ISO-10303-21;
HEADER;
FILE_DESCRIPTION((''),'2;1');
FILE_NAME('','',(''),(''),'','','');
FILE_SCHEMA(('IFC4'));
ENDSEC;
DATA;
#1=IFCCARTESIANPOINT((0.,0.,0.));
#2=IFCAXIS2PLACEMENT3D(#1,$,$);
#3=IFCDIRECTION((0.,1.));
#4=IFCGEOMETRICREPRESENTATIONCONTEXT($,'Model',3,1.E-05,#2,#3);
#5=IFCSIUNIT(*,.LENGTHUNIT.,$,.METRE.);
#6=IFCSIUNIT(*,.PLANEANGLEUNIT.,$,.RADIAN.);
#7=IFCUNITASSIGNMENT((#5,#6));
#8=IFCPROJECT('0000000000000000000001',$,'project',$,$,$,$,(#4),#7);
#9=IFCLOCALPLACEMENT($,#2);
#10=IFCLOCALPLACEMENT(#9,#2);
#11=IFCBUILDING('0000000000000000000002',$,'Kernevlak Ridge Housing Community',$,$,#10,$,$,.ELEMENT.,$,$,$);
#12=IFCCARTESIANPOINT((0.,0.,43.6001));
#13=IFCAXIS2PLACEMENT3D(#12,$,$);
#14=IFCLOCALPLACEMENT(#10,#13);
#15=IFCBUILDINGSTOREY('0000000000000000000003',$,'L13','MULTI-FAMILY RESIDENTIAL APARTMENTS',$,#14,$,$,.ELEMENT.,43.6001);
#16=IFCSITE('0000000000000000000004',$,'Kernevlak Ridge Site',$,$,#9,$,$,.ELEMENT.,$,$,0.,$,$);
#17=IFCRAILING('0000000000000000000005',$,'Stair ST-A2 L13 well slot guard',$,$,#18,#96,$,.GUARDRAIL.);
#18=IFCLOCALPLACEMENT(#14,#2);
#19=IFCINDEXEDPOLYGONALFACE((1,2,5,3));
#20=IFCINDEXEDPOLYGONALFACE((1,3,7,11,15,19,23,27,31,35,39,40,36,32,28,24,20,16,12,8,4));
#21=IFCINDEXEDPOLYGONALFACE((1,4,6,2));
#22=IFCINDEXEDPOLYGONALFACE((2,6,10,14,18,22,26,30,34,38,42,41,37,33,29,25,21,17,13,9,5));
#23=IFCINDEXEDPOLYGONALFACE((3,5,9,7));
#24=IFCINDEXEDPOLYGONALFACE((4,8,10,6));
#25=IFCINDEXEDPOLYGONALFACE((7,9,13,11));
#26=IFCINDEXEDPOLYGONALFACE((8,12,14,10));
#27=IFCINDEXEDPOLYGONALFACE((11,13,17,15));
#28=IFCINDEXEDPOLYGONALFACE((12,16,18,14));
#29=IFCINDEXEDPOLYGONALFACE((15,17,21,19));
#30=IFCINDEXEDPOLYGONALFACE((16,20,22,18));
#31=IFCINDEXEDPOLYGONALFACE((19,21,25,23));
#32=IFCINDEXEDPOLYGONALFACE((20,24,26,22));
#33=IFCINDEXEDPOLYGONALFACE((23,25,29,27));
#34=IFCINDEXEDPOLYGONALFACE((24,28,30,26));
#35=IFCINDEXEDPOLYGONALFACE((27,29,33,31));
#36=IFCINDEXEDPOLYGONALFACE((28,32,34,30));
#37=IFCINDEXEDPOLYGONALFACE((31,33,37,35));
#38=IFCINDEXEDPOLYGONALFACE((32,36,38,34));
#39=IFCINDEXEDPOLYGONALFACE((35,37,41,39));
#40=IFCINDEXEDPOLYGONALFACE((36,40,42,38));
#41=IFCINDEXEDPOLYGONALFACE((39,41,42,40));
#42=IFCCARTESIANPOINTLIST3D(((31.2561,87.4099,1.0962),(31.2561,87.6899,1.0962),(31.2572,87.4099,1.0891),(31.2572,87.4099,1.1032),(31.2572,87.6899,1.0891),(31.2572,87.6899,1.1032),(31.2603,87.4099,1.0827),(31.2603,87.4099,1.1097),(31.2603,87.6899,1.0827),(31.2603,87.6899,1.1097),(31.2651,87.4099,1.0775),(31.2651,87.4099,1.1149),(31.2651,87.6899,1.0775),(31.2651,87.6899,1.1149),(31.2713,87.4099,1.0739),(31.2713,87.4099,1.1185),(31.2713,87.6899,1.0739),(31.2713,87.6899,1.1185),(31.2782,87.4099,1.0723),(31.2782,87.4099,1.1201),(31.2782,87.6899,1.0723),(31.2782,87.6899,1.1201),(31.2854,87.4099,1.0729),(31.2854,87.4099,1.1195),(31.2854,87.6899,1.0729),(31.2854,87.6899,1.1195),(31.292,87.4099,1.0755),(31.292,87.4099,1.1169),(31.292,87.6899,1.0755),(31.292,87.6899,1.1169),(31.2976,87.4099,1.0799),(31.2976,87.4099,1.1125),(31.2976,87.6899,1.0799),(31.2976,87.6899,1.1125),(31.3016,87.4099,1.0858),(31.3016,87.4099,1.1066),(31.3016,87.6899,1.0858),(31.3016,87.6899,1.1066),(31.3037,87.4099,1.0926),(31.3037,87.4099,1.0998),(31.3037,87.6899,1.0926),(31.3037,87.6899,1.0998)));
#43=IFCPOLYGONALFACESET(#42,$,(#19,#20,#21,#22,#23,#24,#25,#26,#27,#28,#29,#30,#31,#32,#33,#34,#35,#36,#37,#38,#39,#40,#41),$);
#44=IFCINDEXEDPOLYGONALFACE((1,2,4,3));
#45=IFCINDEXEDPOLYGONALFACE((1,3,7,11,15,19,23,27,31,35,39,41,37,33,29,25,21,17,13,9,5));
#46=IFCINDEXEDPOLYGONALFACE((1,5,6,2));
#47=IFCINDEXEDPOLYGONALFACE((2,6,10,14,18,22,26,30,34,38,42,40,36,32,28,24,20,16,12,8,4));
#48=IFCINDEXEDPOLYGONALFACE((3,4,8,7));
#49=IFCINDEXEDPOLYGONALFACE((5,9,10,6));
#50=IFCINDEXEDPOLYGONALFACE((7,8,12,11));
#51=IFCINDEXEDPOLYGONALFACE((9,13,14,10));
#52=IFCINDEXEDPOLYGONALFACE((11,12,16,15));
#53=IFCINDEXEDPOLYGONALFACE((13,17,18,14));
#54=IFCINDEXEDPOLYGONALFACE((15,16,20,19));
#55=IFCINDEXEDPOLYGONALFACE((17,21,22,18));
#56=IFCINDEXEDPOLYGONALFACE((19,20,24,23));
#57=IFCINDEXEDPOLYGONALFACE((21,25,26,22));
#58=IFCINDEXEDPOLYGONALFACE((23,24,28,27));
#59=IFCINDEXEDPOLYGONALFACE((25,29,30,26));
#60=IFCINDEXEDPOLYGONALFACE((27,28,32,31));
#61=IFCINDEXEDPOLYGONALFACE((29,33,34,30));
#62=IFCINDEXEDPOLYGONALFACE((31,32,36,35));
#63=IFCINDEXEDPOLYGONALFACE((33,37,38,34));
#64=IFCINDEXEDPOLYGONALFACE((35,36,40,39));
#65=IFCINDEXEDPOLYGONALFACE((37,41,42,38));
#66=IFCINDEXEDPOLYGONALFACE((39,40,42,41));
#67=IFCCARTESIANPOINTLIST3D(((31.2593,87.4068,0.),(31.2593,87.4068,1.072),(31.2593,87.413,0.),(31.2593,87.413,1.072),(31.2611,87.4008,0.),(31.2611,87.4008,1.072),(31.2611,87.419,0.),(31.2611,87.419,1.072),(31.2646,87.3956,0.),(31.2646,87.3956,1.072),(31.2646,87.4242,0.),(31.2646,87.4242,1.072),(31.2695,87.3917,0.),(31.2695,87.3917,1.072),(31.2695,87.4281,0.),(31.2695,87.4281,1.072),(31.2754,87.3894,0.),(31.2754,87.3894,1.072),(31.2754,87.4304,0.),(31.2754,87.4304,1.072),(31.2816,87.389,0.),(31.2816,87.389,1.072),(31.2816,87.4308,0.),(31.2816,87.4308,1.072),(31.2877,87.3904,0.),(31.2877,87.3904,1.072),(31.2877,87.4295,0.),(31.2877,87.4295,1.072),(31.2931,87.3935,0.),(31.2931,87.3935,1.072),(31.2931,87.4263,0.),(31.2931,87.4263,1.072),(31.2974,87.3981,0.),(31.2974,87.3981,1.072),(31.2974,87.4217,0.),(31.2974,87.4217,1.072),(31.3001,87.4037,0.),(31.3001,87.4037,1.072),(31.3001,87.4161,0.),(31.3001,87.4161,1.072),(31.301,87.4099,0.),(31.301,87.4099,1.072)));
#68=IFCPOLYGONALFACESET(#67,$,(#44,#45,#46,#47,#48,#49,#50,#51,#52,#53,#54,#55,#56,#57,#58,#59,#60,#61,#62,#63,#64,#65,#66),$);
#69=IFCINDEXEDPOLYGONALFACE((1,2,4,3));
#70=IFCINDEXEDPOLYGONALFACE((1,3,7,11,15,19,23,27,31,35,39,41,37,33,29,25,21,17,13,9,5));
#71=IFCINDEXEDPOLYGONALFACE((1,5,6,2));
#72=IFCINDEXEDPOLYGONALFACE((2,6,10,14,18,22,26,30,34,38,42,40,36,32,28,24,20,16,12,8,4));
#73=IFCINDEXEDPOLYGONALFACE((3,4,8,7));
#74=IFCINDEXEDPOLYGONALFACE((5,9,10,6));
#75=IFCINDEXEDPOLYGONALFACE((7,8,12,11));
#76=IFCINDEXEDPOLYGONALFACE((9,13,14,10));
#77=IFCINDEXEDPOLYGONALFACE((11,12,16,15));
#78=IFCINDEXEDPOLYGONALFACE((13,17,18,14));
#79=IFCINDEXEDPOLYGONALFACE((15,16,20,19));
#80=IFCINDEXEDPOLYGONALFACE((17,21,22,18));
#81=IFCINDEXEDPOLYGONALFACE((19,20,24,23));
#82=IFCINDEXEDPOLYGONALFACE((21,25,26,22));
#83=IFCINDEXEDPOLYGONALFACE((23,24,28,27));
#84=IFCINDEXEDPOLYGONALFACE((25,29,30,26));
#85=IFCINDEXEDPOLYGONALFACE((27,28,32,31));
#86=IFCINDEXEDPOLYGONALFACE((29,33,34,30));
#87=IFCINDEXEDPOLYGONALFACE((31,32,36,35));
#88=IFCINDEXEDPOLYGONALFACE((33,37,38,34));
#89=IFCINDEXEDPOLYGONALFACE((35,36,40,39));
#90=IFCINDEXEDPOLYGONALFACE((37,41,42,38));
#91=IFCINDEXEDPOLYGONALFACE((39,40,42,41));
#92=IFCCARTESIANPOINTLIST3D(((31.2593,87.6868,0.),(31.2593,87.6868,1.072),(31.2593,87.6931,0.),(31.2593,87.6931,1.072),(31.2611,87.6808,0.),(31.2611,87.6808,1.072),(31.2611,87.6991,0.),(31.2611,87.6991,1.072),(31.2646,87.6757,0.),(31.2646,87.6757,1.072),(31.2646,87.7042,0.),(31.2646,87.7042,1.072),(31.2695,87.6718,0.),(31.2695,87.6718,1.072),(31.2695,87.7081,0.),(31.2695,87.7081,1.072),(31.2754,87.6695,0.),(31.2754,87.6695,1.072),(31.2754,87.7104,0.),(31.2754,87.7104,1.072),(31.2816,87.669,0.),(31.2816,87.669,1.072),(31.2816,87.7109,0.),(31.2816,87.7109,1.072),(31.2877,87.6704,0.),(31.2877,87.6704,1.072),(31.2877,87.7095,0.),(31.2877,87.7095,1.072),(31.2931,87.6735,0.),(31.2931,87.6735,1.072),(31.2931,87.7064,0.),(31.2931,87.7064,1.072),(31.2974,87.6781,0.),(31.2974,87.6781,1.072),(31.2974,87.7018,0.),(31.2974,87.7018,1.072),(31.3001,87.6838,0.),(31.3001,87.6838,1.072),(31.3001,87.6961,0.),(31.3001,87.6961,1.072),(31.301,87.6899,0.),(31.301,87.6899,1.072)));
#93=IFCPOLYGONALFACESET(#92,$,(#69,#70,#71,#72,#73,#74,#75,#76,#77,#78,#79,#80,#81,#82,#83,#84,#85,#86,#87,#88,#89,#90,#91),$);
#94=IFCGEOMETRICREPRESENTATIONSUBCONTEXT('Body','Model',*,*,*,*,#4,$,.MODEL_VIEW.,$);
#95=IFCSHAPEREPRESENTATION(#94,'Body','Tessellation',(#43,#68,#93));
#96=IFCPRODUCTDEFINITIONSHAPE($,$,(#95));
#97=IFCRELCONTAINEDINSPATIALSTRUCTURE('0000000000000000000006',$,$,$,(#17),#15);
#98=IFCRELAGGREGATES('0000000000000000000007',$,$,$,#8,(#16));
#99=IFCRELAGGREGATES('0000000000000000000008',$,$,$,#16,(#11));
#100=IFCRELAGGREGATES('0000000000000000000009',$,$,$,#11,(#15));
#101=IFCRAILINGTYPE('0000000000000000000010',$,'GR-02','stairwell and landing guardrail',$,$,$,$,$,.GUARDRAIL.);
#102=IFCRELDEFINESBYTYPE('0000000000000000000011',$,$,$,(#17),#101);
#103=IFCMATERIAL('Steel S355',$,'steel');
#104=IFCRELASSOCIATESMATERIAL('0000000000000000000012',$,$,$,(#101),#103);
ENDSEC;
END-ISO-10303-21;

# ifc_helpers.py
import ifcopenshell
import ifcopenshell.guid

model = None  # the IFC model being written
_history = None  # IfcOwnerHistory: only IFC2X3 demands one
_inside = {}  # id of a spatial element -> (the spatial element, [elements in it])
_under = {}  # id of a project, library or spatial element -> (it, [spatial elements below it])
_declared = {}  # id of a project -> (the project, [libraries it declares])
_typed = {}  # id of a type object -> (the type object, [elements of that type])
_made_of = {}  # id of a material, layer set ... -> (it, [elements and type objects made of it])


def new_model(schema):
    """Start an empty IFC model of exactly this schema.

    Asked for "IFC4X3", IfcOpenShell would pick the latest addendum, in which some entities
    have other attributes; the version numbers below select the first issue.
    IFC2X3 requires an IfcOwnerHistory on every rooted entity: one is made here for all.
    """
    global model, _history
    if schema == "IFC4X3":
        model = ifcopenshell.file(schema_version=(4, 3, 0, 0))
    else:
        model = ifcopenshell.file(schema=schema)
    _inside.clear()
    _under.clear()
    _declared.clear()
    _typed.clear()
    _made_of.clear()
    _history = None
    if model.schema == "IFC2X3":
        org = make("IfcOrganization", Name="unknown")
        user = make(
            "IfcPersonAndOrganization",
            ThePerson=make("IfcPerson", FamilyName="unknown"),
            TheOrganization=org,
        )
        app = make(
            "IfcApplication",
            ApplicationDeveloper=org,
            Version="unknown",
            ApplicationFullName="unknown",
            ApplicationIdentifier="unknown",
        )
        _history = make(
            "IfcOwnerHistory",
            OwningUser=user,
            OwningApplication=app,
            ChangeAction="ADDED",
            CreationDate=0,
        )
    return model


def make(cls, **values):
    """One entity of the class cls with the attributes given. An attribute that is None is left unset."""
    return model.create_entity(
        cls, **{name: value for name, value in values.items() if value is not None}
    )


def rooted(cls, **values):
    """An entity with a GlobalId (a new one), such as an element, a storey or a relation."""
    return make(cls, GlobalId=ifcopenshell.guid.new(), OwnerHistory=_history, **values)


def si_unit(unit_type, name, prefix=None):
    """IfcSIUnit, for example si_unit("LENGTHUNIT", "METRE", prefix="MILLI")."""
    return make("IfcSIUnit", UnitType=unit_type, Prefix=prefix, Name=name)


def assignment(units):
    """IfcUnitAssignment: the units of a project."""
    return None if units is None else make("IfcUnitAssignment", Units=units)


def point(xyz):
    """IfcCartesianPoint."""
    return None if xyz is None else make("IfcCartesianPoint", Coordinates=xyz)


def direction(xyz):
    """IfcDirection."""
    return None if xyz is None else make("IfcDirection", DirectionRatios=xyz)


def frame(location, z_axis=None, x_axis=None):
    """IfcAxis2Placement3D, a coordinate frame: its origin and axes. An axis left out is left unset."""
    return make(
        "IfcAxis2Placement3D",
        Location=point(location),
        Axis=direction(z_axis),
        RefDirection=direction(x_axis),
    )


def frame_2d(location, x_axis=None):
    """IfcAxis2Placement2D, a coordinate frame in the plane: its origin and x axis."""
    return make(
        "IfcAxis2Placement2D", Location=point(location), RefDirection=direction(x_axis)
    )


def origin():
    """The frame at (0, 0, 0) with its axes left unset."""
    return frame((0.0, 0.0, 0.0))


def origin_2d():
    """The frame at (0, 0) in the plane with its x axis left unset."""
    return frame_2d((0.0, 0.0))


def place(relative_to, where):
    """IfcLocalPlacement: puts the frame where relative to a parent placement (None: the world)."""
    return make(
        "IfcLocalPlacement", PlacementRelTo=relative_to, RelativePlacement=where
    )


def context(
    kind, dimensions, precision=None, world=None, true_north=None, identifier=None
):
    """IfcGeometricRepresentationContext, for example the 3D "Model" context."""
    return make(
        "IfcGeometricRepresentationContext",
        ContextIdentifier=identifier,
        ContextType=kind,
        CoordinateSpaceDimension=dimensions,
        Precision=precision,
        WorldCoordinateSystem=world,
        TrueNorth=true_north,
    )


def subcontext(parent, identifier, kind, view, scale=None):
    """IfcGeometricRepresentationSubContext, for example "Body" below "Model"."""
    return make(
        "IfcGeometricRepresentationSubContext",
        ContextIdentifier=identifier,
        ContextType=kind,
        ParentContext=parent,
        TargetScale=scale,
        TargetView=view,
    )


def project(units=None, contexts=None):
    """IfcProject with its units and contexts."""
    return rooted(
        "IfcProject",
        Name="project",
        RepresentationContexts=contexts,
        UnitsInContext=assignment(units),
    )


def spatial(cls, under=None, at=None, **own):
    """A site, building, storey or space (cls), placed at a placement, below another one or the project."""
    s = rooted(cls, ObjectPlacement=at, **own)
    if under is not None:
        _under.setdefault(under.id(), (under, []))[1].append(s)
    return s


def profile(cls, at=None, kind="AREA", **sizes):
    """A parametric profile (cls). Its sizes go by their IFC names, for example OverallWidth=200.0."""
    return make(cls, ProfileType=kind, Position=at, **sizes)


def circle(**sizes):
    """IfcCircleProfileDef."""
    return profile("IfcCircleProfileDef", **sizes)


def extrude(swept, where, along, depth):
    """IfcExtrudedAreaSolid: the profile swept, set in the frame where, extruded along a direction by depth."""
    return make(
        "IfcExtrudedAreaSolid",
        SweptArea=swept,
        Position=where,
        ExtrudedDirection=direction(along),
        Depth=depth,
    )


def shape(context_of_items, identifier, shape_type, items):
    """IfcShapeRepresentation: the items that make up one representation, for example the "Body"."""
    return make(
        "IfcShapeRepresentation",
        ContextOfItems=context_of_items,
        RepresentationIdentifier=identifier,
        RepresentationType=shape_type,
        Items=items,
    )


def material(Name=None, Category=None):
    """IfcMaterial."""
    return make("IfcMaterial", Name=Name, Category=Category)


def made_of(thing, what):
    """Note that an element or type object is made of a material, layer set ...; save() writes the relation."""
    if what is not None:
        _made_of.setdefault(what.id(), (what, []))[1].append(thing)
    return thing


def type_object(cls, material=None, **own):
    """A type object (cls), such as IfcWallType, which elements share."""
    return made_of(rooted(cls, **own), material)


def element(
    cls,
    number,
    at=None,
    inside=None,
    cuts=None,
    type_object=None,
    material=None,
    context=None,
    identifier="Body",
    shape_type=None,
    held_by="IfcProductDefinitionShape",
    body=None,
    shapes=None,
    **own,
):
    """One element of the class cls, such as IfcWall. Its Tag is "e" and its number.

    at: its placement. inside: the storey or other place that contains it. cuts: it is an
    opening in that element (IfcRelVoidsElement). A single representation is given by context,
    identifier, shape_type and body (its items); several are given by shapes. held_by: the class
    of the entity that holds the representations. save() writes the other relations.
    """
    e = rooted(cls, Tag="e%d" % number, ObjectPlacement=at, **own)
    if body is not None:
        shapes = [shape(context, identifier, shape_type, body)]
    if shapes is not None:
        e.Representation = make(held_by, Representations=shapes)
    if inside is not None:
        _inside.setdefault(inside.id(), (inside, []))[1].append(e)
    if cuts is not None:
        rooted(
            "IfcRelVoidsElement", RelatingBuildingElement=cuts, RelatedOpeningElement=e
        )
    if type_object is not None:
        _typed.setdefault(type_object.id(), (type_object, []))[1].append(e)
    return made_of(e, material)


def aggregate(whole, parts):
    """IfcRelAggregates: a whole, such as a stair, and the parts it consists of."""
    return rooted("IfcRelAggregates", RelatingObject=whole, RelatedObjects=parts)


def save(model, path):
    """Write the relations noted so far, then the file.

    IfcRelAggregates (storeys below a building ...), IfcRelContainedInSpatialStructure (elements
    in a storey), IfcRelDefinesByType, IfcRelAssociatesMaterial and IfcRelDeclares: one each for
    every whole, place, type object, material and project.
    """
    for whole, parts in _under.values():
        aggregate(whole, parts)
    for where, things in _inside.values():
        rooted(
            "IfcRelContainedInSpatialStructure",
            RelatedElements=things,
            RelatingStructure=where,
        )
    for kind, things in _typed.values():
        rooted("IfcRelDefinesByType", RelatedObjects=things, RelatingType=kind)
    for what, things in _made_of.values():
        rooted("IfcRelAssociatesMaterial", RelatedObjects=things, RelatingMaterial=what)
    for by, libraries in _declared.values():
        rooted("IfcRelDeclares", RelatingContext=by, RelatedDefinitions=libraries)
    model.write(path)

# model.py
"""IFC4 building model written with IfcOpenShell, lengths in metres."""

from ifc_helpers import new_model, si_unit, direction, frame, origin, origin_2d, place, context, subcontext, project, spatial, circle, extrude, material, type_object, element, save


model = new_model("IFC4")

# Units and contexts
model_context = context("Model", 3, precision=1e-05, world=origin(), true_north=direction((0.0, 1.0)))
body_context = subcontext(model_context, "Body", "Model", "MODEL_VIEW")
ifc_project = project(units=[si_unit("LENGTHUNIT", "METRE"), si_unit("PLANEANGLEUNIT", "RADIAN")], contexts=[model_context])

# Site, building, storey
site_placement = place(None, origin())
site = spatial("IfcSite", under=ifc_project, at=site_placement, Name="Kernevlak Ridge Site", CompositionType="ELEMENT", RefElevation=0.0)
building_placement = place(site_placement, origin())
building = spatial("IfcBuilding", under=site, at=building_placement, Name="Kernevlak Ridge Housing Community", CompositionType="ELEMENT")
storey_placement = place(building_placement, frame((0.0, 0.0, 43.6001)))
storey = spatial("IfcBuildingStorey", under=building, at=storey_placement, Name="L13", Description="MULTI-FAMILY RESIDENTIAL APARTMENTS", CompositionType="ELEMENT", Elevation=43.6001)

# Railing
ifc_material_1 = material(Name="Steel S355", Category="steel")
railing_type_1 = type_object("IfcRailingType", Name="GR-02", Description="stairwell and landing guardrail", PredefinedType="GUARDRAIL", material=ifc_material_1)
railing_1_placement = place(storey_placement, frame((31.28, 87.4099, 0.0)))
element("IfcRailing", 1, at=railing_1_placement, inside=storey, type_object=railing_type_1, Name="Stair ST-A2 L13 well slot guard", PredefinedType="GUARDRAIL", context=body_context, shape_type="SweptSolid", body=[
    extrude(circle(Radius=0.0239, at=origin_2d()), frame((0.0, 0.0, 1.0962), z_axis=(0.0, 1.0, 0.0), x_axis=(-1.0, 0.0, 0.0)), (0.0, 0.0, 1.0), 0.28),
    extrude(circle(Radius=0.021, at=origin_2d()), origin(), (0.0, 0.0, 1.0), 1.072),
    extrude(circle(Radius=0.021, at=origin_2d()), frame((0.0, 0.28, 0.0)), (0.0, 0.0, 1.0), 1.072),
])

save(model, "model.ifc")
